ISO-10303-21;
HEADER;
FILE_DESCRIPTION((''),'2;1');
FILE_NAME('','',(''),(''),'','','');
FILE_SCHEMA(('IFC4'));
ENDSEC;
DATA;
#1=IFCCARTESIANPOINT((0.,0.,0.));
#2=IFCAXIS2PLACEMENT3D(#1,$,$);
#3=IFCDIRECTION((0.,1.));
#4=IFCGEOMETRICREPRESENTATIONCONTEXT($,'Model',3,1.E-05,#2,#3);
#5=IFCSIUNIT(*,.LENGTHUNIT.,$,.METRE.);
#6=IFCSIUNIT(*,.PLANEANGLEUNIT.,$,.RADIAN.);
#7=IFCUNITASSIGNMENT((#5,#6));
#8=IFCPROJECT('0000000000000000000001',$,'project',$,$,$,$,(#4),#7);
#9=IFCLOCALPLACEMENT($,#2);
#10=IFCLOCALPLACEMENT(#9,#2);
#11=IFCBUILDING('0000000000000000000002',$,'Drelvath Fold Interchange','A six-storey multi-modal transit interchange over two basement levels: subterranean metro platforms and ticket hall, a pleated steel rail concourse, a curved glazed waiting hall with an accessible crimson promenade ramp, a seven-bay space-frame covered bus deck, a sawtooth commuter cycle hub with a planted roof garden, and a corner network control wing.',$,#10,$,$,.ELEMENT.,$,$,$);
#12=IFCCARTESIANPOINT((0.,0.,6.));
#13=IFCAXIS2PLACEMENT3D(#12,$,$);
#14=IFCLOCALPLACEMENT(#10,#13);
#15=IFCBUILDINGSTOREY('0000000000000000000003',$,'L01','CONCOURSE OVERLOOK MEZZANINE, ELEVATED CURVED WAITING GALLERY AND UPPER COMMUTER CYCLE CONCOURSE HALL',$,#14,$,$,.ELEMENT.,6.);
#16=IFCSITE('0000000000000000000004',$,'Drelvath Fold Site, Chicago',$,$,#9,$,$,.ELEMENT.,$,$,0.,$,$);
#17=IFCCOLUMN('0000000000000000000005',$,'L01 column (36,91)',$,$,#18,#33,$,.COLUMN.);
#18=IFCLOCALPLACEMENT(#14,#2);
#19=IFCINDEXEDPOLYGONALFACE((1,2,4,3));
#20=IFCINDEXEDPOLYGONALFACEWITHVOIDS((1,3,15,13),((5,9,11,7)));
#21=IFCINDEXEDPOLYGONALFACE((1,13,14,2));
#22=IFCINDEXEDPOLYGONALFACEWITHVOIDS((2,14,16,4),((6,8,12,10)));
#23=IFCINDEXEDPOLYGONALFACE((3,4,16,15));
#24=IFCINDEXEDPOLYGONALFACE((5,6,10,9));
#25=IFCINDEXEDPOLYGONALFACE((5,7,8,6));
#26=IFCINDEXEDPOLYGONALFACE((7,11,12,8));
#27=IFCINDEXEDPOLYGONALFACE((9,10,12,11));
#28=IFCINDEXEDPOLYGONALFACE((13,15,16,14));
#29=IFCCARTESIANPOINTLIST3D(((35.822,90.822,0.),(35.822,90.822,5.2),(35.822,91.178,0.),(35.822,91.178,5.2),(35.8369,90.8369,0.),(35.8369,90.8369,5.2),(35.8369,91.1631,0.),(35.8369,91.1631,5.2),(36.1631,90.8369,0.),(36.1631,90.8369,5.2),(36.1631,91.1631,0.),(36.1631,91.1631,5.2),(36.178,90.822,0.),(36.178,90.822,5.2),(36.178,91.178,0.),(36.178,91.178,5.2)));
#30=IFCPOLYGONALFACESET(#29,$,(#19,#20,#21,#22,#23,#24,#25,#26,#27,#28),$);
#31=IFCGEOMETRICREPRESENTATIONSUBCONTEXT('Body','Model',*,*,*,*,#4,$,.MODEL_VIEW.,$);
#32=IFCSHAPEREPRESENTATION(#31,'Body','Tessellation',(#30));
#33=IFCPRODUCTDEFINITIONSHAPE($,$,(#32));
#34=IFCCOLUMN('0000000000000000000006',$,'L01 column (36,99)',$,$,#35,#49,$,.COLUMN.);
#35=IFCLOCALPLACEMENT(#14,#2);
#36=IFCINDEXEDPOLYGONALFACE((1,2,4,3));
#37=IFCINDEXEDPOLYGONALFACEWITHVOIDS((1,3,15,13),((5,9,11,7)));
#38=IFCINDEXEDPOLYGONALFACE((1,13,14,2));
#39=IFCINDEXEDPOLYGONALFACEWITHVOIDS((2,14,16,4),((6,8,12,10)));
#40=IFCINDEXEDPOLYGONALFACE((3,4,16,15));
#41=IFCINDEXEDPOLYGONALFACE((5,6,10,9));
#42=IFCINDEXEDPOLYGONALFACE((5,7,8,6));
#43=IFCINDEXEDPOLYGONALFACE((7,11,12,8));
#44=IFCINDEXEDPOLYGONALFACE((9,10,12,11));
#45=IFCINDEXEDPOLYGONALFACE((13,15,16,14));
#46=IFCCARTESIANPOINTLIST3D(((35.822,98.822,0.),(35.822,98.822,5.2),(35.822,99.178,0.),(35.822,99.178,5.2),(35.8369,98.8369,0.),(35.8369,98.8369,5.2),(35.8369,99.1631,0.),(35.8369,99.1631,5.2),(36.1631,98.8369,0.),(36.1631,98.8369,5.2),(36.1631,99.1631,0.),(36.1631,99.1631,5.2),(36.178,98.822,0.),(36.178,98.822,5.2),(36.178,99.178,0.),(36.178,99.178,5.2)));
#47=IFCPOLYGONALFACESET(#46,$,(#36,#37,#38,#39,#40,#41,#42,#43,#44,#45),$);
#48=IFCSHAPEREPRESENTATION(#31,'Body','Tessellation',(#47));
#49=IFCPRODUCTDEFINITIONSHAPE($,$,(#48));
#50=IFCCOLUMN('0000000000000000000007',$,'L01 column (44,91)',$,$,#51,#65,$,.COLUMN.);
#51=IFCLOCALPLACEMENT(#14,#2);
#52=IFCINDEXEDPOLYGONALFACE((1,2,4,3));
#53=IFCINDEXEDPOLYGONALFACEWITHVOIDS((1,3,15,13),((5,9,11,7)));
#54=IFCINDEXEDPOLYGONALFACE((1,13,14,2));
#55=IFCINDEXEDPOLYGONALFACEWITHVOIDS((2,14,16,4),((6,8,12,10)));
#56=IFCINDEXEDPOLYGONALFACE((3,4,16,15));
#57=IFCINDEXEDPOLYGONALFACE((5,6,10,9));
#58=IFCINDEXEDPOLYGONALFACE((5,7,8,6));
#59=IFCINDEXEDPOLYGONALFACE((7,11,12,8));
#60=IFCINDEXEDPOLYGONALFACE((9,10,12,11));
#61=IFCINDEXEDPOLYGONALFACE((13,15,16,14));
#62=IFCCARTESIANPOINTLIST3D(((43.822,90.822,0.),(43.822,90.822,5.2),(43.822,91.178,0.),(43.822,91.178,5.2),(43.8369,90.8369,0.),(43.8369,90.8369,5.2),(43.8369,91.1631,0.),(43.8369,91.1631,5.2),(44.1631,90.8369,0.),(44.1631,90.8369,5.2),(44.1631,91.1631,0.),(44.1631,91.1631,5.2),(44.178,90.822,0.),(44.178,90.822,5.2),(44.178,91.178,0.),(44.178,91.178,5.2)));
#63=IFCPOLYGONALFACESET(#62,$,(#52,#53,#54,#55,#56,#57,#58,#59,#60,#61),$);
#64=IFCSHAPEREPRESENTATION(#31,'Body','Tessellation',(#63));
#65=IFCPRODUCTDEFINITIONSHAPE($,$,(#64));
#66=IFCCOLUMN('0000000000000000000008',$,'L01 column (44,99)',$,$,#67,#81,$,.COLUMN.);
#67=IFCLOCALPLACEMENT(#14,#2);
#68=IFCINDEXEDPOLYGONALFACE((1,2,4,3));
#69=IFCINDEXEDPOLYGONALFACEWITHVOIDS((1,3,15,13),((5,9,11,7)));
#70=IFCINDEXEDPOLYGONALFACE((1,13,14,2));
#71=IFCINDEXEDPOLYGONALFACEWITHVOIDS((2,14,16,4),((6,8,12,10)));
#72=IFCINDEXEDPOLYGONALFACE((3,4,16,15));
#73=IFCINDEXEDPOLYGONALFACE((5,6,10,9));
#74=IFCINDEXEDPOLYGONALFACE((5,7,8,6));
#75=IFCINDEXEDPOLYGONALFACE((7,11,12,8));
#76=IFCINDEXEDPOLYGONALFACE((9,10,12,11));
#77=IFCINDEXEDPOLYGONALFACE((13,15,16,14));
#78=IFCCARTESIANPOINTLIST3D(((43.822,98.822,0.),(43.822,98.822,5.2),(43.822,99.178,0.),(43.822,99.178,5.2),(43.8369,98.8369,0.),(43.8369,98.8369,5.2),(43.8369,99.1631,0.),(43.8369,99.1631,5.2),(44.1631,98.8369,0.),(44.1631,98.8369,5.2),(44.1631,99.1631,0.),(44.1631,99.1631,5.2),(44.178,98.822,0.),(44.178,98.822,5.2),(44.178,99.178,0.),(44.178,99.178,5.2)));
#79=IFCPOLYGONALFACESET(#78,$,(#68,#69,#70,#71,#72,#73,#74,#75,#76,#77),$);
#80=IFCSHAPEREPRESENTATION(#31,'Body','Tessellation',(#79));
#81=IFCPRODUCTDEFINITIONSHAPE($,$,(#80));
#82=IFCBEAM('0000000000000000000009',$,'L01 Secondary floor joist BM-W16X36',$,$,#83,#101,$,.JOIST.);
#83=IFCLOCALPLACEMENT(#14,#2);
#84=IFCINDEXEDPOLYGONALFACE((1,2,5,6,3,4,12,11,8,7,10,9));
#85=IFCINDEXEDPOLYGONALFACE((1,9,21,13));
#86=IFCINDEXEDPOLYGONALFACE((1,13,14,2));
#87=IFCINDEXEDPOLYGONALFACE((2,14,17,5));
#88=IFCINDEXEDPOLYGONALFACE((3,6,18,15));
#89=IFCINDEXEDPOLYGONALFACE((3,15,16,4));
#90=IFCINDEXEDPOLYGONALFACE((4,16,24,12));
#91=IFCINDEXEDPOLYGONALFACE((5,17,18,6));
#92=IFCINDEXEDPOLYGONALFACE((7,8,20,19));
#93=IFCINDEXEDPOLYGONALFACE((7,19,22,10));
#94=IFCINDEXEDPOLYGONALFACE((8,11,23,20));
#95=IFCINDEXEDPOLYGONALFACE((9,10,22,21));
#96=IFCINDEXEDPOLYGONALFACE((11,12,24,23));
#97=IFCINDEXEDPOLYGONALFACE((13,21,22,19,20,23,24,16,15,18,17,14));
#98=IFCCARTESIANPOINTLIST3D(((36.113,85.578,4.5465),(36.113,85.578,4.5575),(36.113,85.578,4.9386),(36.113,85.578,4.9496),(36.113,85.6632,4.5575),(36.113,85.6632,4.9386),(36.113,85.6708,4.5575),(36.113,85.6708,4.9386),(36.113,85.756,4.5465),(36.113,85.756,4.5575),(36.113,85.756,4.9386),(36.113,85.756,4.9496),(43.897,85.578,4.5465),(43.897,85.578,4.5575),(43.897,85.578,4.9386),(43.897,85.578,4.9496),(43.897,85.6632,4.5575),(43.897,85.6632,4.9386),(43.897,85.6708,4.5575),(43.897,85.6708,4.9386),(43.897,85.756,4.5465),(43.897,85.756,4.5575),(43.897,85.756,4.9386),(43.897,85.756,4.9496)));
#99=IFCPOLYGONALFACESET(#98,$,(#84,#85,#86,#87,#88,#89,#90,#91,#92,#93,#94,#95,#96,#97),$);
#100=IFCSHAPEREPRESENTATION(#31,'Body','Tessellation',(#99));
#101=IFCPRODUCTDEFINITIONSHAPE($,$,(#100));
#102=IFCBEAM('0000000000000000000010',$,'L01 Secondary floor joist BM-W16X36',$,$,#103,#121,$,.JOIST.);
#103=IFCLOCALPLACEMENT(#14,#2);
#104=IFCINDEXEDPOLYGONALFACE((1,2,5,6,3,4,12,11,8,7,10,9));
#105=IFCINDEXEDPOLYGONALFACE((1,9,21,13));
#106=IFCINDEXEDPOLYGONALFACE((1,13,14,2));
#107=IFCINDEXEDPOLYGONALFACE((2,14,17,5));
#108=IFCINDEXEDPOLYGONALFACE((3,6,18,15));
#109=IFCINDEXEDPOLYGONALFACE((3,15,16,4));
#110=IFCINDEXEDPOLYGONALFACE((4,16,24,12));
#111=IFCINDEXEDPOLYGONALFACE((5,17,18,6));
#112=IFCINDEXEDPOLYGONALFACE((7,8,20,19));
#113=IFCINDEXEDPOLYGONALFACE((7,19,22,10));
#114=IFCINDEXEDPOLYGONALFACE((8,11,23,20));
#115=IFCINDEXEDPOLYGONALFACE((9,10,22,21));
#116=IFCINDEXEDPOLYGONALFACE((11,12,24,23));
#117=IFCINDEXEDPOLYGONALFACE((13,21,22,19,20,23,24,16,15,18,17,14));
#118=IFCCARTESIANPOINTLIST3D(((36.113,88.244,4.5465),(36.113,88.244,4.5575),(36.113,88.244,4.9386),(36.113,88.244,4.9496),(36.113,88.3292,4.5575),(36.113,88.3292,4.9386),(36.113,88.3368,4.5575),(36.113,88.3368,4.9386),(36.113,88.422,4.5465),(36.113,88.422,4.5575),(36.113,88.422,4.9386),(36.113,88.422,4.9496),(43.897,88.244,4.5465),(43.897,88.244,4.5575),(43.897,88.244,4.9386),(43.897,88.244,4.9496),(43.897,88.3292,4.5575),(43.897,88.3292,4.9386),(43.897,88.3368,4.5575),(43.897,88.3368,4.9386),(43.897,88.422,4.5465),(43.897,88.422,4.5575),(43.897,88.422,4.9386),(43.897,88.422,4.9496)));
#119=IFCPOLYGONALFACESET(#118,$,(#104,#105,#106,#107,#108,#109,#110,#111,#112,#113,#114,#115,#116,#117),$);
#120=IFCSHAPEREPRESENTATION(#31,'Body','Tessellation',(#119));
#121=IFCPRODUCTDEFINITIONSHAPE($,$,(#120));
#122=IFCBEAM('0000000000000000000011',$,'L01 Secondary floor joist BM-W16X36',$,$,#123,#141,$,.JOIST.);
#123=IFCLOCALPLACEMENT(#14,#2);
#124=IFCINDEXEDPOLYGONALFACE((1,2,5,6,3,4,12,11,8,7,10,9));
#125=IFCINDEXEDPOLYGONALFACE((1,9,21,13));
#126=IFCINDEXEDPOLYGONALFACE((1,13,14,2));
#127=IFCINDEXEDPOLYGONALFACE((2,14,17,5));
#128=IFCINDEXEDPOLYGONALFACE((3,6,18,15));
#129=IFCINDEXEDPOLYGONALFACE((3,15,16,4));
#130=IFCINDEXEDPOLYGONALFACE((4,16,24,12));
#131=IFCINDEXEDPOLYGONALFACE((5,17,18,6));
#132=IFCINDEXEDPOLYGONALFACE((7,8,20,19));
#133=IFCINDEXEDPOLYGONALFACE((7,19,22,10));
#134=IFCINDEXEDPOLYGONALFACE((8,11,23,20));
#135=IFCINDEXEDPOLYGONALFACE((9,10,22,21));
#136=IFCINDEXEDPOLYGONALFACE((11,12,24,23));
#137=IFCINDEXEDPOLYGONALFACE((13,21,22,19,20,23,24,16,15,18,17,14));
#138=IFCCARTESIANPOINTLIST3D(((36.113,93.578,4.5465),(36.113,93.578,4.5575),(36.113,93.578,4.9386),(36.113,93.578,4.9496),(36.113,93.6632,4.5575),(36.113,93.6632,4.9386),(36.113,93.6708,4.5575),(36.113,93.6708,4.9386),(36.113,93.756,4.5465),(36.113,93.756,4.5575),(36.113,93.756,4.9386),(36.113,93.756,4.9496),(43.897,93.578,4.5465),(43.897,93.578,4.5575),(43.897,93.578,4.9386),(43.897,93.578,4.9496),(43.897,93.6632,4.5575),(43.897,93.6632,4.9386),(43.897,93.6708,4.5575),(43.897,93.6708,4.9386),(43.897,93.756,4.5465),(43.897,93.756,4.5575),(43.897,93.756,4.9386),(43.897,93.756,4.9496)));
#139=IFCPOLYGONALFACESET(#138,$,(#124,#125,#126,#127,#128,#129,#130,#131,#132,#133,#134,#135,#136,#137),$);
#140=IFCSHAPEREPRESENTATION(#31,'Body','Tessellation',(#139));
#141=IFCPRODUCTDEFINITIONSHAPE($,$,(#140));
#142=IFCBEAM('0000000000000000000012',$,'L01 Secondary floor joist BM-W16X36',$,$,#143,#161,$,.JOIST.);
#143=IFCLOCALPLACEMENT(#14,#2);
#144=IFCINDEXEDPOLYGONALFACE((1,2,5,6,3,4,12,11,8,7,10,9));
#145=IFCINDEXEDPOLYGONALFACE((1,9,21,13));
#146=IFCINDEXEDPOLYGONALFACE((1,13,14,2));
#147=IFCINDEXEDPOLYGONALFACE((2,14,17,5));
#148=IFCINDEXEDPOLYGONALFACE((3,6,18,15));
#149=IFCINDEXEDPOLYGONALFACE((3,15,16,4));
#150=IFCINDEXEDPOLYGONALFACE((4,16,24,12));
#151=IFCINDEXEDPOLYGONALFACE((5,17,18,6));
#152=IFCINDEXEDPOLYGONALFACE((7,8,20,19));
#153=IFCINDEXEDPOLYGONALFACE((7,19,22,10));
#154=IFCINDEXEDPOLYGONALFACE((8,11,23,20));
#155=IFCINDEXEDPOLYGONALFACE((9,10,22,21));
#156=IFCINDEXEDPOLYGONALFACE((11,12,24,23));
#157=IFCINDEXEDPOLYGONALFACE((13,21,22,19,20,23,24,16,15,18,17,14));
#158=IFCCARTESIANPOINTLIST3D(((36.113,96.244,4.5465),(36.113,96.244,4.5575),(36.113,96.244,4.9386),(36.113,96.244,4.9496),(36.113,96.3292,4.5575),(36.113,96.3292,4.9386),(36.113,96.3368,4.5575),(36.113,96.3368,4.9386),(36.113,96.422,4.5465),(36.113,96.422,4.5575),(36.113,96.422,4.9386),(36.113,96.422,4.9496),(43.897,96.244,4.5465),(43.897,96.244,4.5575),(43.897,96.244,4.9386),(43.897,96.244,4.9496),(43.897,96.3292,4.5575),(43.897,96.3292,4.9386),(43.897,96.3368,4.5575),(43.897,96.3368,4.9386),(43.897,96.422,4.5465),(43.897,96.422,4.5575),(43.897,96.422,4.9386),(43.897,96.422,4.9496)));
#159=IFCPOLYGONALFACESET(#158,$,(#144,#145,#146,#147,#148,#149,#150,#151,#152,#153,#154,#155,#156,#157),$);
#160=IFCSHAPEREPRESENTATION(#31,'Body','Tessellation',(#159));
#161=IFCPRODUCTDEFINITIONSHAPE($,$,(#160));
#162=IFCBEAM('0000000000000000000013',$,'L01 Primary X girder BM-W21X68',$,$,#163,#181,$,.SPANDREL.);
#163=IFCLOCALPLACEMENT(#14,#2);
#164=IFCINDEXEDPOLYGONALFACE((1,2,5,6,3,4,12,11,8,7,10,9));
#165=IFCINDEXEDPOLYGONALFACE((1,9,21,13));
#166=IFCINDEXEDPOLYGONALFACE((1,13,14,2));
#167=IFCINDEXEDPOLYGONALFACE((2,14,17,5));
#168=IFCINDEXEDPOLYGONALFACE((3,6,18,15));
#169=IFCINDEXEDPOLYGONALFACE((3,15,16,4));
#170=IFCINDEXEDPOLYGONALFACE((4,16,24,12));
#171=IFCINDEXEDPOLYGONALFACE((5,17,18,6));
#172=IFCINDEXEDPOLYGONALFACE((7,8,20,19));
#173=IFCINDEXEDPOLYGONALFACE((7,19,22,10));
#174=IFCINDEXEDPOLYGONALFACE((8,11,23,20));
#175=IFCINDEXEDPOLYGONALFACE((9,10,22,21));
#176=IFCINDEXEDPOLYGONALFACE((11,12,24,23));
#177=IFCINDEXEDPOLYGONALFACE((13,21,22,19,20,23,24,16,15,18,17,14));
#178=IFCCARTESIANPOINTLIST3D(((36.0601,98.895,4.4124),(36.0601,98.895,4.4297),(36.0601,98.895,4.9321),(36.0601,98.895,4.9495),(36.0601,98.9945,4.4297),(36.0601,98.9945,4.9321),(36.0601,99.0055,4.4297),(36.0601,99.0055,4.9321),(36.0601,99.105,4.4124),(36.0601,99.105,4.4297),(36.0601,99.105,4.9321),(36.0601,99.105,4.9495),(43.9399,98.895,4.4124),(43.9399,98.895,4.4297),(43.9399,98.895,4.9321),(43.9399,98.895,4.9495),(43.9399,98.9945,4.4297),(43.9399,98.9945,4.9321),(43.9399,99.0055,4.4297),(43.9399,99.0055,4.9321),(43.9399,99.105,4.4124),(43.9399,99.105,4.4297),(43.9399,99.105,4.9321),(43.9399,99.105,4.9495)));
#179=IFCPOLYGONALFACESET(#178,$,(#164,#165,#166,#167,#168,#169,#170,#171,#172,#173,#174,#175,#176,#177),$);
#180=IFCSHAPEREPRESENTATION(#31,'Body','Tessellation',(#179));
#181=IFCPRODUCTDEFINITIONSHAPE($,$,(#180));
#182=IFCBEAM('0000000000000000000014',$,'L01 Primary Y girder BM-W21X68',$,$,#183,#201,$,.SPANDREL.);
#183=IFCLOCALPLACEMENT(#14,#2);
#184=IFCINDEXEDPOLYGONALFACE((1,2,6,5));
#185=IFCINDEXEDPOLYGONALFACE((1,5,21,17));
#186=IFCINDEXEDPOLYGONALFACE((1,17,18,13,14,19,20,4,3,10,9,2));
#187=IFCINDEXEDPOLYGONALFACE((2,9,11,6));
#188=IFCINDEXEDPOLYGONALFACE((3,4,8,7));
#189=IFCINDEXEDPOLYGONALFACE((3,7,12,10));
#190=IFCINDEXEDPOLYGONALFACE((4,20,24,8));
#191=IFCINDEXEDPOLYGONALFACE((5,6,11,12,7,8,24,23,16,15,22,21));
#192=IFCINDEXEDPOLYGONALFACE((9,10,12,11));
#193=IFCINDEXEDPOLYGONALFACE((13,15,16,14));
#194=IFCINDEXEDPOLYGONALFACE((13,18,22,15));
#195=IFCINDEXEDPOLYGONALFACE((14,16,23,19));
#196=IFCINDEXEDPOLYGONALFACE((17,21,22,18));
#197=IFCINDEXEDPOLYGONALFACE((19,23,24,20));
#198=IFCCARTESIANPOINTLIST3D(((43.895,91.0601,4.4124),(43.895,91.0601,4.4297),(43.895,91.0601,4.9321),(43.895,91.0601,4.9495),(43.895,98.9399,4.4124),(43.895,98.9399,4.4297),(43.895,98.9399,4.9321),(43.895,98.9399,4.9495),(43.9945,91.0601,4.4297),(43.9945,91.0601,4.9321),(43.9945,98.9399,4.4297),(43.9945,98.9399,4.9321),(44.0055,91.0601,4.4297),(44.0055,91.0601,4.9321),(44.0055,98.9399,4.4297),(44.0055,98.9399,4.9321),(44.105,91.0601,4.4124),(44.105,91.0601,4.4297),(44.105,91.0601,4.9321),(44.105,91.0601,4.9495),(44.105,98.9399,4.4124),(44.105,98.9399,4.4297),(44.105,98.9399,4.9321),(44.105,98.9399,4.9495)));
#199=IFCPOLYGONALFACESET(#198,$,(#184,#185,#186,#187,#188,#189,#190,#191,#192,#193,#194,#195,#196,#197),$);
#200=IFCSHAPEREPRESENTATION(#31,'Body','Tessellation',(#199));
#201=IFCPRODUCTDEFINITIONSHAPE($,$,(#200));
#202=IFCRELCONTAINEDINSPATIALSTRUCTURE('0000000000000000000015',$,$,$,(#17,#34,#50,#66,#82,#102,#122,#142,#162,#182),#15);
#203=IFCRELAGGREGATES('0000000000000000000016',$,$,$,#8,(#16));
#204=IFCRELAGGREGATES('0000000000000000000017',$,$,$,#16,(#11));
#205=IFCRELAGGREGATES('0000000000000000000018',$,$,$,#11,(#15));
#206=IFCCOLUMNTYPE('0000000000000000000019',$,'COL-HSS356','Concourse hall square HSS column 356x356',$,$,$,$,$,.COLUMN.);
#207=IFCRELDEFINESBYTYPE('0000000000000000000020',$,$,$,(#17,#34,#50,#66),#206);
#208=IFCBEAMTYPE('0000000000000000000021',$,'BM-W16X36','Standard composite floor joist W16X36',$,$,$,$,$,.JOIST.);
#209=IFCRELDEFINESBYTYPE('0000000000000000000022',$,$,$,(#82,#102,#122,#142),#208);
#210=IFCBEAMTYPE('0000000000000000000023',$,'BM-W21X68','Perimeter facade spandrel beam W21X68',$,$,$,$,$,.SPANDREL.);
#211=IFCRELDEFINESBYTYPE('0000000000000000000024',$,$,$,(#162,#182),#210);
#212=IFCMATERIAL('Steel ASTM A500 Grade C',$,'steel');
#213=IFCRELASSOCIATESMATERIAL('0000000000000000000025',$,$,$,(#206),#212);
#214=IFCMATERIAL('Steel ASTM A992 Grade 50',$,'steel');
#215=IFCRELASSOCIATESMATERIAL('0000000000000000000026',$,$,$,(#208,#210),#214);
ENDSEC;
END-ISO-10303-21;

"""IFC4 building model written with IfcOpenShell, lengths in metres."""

from ifc_helpers import new_model, si_unit, direction, frame, origin, origin_2d, place, context, subcontext, project, spatial, hollow_rectangle, i_section, extrude, material, material_profile, profile_set, type_object, element, save


model = new_model("IFC4")

# Units and contexts
model_context = context("Model", 3, precision=1e-05, world=origin(), true_north=direction((0.0, 1.0)))
body_context = subcontext(model_context, "Body", "Model", "MODEL_VIEW")
ifc_project = project(units=[si_unit("LENGTHUNIT", "METRE"), si_unit("PLANEANGLEUNIT", "RADIAN")], contexts=[model_context])

# Site, building, storey
site_placement = place(None, origin())
site = spatial("IfcSite", under=ifc_project, at=site_placement, Name="Drelvath Fold Site, Chicago", CompositionType="ELEMENT", RefElevation=0.0)
building_placement = place(site_placement, origin())
building = spatial("IfcBuilding", under=site, at=building_placement, Name="Drelvath Fold Interchange", Description="A six-storey multi-modal transit interchange over two basement levels: subterranean metro platforms and ticket hall, a pleated steel rail concourse, a curved glazed waiting hall with an accessible crimson promenade ramp, a seven-bay space-frame covered bus deck, a sawtooth commuter cycle hub with a planted roof garden, and a corner network control wing.", CompositionType="ELEMENT")
storey_placement = place(building_placement, frame((0.0, 0.0, 6.0)))
storey = spatial("IfcBuildingStorey", under=building, at=storey_placement, Name="L01", Description="CONCOURSE OVERLOOK MEZZANINE, ELEVATED CURVED WAITING GALLERY AND UPPER COMMUTER CYCLE CONCOURSE HALL", CompositionType="ELEMENT", Elevation=6.0)

# Columns
ifc_material_1 = material(Name="Steel ASTM A500 Grade C", Category="steel")
ifc_material_profile_1 = material_profile(ifc_material_1, hollow_rectangle(XDim=0.356, YDim=0.356, WallThickness=0.0149, at=origin_2d()), Name="HSS14X14X5/8")
ifc_profile_set_1 = profile_set([ifc_material_profile_1], Name="Steel ASTM A500 Grade C")
column_type = type_object("IfcColumnType", Name="COL-HSS356", Description="Concourse hall square HSS column 356x356", PredefinedType="COLUMN", material=ifc_profile_set_1)
for number, where, z_axis, x_axis, name in (
    (1, (36.0, 91.0, 0.0), (0.0, 0.0, 1.0), (1.0, 0.0, 0.0), "L01 column (36,91)"),
    (2, (36.0, 99.0, 0.0), (0.0, 0.0, 1.0), (1.0, 0.0, 0.0), "L01 column (36,99)"),
    (3, (44.0, 91.0, 0.0), (0.0, 0.0, 1.0), (1.0, 0.0, 0.0), "L01 column (44,91)"),
    (4, (44.0, 99.0, 0.0), (0.0, 0.0, 1.0), (1.0, 0.0, 0.0), "L01 column (44,99)"),
):
    element("IfcColumn", number, at=place(storey_placement, frame(where, z_axis=z_axis, x_axis=x_axis)), inside=storey, type_object=column_type, Name=name, PredefinedType="COLUMN", context=body_context, shape_type="SweptSolid", body=[
        extrude(hollow_rectangle(XDim=0.356, YDim=0.356, WallThickness=0.0149, at=origin_2d()), origin(), (0.0, 0.0, 1.0), 5.2),
    ])

# Beams
ifc_material_2 = material(Name="Steel ASTM A992 Grade 50", Category="steel")
ifc_material_profile_2 = material_profile(ifc_material_2, i_section(OverallWidth=0.178, OverallDepth=0.4031, WebThickness=0.0076, FlangeThickness=0.011, at=origin_2d()), Name="W16X36")
ifc_profile_set_2 = profile_set([ifc_material_profile_2], Name="Steel ASTM A992 Grade 50")
beam_type_1 = type_object("IfcBeamType", Name="BM-W16X36", Description="Standard composite floor joist W16X36", PredefinedType="JOIST", material=ifc_profile_set_2)
for number, where, z_axis, x_axis, name in (
    (5, (36.113, 85.667, 4.748), (1.0, 0.0, 0.0), (0.0, 1.0, 0.0), "L01 Secondary floor joist BM-W16X36"),
    (6, (36.113, 88.333, 4.748), (1.0, 0.0, 0.0), (0.0, 1.0, 0.0), "L01 Secondary floor joist BM-W16X36"),
    (7, (36.113, 93.667, 4.748), (1.0, 0.0, 0.0), (0.0, 1.0, 0.0), "L01 Secondary floor joist BM-W16X36"),
    (8, (36.113, 96.333, 4.748), (1.0, 0.0, 0.0), (0.0, 1.0, 0.0), "L01 Secondary floor joist BM-W16X36"),
):
    element("IfcBeam", number, at=place(storey_placement, frame(where, z_axis=z_axis, x_axis=x_axis)), inside=storey, type_object=beam_type_1, Name=name, PredefinedType="JOIST", context=body_context, shape_type="SweptSolid", body=[
        extrude(i_section(OverallWidth=0.178, OverallDepth=0.4031, WebThickness=0.0076, FlangeThickness=0.011, at=origin_2d()), origin(), (0.0, 0.0, 1.0), 7.7839),
    ])
ifc_material_profile_3 = material_profile(ifc_material_2, i_section(OverallWidth=0.21, OverallDepth=0.5371, WebThickness=0.011, FlangeThickness=0.0173, at=origin_2d()), Name="W21X68")
ifc_profile_set_3 = profile_set([ifc_material_profile_3], Name="Steel ASTM A992 Grade 50")
beam_type_2 = type_object("IfcBeamType", Name="BM-W21X68", Description="Perimeter facade spandrel beam W21X68", PredefinedType="SPANDREL", material=ifc_profile_set_3)
for number, where, z_axis, x_axis, name in (
    (9, (36.0601, 99.0, 4.6809), (1.0, 0.0, 0.0), (0.0, 1.0, 0.0), "L01 Primary X girder BM-W21X68"),
    (10, (44.0, 91.0601, 4.6809), (0.0, 1.0, 0.0), (-1.0, 0.0, 0.0), "L01 Primary Y girder BM-W21X68"),
):
    element("IfcBeam", number, at=place(storey_placement, frame(where, z_axis=z_axis, x_axis=x_axis)), inside=storey, type_object=beam_type_2, Name=name, PredefinedType="SPANDREL", context=body_context, shape_type="SweptSolid", body=[
        extrude(i_section(OverallWidth=0.21, OverallDepth=0.5371, WebThickness=0.011, FlangeThickness=0.0173, at=origin_2d()), origin(), (0.0, 0.0, 1.0), 7.8799),
    ])

save(model, "model.ifc")
